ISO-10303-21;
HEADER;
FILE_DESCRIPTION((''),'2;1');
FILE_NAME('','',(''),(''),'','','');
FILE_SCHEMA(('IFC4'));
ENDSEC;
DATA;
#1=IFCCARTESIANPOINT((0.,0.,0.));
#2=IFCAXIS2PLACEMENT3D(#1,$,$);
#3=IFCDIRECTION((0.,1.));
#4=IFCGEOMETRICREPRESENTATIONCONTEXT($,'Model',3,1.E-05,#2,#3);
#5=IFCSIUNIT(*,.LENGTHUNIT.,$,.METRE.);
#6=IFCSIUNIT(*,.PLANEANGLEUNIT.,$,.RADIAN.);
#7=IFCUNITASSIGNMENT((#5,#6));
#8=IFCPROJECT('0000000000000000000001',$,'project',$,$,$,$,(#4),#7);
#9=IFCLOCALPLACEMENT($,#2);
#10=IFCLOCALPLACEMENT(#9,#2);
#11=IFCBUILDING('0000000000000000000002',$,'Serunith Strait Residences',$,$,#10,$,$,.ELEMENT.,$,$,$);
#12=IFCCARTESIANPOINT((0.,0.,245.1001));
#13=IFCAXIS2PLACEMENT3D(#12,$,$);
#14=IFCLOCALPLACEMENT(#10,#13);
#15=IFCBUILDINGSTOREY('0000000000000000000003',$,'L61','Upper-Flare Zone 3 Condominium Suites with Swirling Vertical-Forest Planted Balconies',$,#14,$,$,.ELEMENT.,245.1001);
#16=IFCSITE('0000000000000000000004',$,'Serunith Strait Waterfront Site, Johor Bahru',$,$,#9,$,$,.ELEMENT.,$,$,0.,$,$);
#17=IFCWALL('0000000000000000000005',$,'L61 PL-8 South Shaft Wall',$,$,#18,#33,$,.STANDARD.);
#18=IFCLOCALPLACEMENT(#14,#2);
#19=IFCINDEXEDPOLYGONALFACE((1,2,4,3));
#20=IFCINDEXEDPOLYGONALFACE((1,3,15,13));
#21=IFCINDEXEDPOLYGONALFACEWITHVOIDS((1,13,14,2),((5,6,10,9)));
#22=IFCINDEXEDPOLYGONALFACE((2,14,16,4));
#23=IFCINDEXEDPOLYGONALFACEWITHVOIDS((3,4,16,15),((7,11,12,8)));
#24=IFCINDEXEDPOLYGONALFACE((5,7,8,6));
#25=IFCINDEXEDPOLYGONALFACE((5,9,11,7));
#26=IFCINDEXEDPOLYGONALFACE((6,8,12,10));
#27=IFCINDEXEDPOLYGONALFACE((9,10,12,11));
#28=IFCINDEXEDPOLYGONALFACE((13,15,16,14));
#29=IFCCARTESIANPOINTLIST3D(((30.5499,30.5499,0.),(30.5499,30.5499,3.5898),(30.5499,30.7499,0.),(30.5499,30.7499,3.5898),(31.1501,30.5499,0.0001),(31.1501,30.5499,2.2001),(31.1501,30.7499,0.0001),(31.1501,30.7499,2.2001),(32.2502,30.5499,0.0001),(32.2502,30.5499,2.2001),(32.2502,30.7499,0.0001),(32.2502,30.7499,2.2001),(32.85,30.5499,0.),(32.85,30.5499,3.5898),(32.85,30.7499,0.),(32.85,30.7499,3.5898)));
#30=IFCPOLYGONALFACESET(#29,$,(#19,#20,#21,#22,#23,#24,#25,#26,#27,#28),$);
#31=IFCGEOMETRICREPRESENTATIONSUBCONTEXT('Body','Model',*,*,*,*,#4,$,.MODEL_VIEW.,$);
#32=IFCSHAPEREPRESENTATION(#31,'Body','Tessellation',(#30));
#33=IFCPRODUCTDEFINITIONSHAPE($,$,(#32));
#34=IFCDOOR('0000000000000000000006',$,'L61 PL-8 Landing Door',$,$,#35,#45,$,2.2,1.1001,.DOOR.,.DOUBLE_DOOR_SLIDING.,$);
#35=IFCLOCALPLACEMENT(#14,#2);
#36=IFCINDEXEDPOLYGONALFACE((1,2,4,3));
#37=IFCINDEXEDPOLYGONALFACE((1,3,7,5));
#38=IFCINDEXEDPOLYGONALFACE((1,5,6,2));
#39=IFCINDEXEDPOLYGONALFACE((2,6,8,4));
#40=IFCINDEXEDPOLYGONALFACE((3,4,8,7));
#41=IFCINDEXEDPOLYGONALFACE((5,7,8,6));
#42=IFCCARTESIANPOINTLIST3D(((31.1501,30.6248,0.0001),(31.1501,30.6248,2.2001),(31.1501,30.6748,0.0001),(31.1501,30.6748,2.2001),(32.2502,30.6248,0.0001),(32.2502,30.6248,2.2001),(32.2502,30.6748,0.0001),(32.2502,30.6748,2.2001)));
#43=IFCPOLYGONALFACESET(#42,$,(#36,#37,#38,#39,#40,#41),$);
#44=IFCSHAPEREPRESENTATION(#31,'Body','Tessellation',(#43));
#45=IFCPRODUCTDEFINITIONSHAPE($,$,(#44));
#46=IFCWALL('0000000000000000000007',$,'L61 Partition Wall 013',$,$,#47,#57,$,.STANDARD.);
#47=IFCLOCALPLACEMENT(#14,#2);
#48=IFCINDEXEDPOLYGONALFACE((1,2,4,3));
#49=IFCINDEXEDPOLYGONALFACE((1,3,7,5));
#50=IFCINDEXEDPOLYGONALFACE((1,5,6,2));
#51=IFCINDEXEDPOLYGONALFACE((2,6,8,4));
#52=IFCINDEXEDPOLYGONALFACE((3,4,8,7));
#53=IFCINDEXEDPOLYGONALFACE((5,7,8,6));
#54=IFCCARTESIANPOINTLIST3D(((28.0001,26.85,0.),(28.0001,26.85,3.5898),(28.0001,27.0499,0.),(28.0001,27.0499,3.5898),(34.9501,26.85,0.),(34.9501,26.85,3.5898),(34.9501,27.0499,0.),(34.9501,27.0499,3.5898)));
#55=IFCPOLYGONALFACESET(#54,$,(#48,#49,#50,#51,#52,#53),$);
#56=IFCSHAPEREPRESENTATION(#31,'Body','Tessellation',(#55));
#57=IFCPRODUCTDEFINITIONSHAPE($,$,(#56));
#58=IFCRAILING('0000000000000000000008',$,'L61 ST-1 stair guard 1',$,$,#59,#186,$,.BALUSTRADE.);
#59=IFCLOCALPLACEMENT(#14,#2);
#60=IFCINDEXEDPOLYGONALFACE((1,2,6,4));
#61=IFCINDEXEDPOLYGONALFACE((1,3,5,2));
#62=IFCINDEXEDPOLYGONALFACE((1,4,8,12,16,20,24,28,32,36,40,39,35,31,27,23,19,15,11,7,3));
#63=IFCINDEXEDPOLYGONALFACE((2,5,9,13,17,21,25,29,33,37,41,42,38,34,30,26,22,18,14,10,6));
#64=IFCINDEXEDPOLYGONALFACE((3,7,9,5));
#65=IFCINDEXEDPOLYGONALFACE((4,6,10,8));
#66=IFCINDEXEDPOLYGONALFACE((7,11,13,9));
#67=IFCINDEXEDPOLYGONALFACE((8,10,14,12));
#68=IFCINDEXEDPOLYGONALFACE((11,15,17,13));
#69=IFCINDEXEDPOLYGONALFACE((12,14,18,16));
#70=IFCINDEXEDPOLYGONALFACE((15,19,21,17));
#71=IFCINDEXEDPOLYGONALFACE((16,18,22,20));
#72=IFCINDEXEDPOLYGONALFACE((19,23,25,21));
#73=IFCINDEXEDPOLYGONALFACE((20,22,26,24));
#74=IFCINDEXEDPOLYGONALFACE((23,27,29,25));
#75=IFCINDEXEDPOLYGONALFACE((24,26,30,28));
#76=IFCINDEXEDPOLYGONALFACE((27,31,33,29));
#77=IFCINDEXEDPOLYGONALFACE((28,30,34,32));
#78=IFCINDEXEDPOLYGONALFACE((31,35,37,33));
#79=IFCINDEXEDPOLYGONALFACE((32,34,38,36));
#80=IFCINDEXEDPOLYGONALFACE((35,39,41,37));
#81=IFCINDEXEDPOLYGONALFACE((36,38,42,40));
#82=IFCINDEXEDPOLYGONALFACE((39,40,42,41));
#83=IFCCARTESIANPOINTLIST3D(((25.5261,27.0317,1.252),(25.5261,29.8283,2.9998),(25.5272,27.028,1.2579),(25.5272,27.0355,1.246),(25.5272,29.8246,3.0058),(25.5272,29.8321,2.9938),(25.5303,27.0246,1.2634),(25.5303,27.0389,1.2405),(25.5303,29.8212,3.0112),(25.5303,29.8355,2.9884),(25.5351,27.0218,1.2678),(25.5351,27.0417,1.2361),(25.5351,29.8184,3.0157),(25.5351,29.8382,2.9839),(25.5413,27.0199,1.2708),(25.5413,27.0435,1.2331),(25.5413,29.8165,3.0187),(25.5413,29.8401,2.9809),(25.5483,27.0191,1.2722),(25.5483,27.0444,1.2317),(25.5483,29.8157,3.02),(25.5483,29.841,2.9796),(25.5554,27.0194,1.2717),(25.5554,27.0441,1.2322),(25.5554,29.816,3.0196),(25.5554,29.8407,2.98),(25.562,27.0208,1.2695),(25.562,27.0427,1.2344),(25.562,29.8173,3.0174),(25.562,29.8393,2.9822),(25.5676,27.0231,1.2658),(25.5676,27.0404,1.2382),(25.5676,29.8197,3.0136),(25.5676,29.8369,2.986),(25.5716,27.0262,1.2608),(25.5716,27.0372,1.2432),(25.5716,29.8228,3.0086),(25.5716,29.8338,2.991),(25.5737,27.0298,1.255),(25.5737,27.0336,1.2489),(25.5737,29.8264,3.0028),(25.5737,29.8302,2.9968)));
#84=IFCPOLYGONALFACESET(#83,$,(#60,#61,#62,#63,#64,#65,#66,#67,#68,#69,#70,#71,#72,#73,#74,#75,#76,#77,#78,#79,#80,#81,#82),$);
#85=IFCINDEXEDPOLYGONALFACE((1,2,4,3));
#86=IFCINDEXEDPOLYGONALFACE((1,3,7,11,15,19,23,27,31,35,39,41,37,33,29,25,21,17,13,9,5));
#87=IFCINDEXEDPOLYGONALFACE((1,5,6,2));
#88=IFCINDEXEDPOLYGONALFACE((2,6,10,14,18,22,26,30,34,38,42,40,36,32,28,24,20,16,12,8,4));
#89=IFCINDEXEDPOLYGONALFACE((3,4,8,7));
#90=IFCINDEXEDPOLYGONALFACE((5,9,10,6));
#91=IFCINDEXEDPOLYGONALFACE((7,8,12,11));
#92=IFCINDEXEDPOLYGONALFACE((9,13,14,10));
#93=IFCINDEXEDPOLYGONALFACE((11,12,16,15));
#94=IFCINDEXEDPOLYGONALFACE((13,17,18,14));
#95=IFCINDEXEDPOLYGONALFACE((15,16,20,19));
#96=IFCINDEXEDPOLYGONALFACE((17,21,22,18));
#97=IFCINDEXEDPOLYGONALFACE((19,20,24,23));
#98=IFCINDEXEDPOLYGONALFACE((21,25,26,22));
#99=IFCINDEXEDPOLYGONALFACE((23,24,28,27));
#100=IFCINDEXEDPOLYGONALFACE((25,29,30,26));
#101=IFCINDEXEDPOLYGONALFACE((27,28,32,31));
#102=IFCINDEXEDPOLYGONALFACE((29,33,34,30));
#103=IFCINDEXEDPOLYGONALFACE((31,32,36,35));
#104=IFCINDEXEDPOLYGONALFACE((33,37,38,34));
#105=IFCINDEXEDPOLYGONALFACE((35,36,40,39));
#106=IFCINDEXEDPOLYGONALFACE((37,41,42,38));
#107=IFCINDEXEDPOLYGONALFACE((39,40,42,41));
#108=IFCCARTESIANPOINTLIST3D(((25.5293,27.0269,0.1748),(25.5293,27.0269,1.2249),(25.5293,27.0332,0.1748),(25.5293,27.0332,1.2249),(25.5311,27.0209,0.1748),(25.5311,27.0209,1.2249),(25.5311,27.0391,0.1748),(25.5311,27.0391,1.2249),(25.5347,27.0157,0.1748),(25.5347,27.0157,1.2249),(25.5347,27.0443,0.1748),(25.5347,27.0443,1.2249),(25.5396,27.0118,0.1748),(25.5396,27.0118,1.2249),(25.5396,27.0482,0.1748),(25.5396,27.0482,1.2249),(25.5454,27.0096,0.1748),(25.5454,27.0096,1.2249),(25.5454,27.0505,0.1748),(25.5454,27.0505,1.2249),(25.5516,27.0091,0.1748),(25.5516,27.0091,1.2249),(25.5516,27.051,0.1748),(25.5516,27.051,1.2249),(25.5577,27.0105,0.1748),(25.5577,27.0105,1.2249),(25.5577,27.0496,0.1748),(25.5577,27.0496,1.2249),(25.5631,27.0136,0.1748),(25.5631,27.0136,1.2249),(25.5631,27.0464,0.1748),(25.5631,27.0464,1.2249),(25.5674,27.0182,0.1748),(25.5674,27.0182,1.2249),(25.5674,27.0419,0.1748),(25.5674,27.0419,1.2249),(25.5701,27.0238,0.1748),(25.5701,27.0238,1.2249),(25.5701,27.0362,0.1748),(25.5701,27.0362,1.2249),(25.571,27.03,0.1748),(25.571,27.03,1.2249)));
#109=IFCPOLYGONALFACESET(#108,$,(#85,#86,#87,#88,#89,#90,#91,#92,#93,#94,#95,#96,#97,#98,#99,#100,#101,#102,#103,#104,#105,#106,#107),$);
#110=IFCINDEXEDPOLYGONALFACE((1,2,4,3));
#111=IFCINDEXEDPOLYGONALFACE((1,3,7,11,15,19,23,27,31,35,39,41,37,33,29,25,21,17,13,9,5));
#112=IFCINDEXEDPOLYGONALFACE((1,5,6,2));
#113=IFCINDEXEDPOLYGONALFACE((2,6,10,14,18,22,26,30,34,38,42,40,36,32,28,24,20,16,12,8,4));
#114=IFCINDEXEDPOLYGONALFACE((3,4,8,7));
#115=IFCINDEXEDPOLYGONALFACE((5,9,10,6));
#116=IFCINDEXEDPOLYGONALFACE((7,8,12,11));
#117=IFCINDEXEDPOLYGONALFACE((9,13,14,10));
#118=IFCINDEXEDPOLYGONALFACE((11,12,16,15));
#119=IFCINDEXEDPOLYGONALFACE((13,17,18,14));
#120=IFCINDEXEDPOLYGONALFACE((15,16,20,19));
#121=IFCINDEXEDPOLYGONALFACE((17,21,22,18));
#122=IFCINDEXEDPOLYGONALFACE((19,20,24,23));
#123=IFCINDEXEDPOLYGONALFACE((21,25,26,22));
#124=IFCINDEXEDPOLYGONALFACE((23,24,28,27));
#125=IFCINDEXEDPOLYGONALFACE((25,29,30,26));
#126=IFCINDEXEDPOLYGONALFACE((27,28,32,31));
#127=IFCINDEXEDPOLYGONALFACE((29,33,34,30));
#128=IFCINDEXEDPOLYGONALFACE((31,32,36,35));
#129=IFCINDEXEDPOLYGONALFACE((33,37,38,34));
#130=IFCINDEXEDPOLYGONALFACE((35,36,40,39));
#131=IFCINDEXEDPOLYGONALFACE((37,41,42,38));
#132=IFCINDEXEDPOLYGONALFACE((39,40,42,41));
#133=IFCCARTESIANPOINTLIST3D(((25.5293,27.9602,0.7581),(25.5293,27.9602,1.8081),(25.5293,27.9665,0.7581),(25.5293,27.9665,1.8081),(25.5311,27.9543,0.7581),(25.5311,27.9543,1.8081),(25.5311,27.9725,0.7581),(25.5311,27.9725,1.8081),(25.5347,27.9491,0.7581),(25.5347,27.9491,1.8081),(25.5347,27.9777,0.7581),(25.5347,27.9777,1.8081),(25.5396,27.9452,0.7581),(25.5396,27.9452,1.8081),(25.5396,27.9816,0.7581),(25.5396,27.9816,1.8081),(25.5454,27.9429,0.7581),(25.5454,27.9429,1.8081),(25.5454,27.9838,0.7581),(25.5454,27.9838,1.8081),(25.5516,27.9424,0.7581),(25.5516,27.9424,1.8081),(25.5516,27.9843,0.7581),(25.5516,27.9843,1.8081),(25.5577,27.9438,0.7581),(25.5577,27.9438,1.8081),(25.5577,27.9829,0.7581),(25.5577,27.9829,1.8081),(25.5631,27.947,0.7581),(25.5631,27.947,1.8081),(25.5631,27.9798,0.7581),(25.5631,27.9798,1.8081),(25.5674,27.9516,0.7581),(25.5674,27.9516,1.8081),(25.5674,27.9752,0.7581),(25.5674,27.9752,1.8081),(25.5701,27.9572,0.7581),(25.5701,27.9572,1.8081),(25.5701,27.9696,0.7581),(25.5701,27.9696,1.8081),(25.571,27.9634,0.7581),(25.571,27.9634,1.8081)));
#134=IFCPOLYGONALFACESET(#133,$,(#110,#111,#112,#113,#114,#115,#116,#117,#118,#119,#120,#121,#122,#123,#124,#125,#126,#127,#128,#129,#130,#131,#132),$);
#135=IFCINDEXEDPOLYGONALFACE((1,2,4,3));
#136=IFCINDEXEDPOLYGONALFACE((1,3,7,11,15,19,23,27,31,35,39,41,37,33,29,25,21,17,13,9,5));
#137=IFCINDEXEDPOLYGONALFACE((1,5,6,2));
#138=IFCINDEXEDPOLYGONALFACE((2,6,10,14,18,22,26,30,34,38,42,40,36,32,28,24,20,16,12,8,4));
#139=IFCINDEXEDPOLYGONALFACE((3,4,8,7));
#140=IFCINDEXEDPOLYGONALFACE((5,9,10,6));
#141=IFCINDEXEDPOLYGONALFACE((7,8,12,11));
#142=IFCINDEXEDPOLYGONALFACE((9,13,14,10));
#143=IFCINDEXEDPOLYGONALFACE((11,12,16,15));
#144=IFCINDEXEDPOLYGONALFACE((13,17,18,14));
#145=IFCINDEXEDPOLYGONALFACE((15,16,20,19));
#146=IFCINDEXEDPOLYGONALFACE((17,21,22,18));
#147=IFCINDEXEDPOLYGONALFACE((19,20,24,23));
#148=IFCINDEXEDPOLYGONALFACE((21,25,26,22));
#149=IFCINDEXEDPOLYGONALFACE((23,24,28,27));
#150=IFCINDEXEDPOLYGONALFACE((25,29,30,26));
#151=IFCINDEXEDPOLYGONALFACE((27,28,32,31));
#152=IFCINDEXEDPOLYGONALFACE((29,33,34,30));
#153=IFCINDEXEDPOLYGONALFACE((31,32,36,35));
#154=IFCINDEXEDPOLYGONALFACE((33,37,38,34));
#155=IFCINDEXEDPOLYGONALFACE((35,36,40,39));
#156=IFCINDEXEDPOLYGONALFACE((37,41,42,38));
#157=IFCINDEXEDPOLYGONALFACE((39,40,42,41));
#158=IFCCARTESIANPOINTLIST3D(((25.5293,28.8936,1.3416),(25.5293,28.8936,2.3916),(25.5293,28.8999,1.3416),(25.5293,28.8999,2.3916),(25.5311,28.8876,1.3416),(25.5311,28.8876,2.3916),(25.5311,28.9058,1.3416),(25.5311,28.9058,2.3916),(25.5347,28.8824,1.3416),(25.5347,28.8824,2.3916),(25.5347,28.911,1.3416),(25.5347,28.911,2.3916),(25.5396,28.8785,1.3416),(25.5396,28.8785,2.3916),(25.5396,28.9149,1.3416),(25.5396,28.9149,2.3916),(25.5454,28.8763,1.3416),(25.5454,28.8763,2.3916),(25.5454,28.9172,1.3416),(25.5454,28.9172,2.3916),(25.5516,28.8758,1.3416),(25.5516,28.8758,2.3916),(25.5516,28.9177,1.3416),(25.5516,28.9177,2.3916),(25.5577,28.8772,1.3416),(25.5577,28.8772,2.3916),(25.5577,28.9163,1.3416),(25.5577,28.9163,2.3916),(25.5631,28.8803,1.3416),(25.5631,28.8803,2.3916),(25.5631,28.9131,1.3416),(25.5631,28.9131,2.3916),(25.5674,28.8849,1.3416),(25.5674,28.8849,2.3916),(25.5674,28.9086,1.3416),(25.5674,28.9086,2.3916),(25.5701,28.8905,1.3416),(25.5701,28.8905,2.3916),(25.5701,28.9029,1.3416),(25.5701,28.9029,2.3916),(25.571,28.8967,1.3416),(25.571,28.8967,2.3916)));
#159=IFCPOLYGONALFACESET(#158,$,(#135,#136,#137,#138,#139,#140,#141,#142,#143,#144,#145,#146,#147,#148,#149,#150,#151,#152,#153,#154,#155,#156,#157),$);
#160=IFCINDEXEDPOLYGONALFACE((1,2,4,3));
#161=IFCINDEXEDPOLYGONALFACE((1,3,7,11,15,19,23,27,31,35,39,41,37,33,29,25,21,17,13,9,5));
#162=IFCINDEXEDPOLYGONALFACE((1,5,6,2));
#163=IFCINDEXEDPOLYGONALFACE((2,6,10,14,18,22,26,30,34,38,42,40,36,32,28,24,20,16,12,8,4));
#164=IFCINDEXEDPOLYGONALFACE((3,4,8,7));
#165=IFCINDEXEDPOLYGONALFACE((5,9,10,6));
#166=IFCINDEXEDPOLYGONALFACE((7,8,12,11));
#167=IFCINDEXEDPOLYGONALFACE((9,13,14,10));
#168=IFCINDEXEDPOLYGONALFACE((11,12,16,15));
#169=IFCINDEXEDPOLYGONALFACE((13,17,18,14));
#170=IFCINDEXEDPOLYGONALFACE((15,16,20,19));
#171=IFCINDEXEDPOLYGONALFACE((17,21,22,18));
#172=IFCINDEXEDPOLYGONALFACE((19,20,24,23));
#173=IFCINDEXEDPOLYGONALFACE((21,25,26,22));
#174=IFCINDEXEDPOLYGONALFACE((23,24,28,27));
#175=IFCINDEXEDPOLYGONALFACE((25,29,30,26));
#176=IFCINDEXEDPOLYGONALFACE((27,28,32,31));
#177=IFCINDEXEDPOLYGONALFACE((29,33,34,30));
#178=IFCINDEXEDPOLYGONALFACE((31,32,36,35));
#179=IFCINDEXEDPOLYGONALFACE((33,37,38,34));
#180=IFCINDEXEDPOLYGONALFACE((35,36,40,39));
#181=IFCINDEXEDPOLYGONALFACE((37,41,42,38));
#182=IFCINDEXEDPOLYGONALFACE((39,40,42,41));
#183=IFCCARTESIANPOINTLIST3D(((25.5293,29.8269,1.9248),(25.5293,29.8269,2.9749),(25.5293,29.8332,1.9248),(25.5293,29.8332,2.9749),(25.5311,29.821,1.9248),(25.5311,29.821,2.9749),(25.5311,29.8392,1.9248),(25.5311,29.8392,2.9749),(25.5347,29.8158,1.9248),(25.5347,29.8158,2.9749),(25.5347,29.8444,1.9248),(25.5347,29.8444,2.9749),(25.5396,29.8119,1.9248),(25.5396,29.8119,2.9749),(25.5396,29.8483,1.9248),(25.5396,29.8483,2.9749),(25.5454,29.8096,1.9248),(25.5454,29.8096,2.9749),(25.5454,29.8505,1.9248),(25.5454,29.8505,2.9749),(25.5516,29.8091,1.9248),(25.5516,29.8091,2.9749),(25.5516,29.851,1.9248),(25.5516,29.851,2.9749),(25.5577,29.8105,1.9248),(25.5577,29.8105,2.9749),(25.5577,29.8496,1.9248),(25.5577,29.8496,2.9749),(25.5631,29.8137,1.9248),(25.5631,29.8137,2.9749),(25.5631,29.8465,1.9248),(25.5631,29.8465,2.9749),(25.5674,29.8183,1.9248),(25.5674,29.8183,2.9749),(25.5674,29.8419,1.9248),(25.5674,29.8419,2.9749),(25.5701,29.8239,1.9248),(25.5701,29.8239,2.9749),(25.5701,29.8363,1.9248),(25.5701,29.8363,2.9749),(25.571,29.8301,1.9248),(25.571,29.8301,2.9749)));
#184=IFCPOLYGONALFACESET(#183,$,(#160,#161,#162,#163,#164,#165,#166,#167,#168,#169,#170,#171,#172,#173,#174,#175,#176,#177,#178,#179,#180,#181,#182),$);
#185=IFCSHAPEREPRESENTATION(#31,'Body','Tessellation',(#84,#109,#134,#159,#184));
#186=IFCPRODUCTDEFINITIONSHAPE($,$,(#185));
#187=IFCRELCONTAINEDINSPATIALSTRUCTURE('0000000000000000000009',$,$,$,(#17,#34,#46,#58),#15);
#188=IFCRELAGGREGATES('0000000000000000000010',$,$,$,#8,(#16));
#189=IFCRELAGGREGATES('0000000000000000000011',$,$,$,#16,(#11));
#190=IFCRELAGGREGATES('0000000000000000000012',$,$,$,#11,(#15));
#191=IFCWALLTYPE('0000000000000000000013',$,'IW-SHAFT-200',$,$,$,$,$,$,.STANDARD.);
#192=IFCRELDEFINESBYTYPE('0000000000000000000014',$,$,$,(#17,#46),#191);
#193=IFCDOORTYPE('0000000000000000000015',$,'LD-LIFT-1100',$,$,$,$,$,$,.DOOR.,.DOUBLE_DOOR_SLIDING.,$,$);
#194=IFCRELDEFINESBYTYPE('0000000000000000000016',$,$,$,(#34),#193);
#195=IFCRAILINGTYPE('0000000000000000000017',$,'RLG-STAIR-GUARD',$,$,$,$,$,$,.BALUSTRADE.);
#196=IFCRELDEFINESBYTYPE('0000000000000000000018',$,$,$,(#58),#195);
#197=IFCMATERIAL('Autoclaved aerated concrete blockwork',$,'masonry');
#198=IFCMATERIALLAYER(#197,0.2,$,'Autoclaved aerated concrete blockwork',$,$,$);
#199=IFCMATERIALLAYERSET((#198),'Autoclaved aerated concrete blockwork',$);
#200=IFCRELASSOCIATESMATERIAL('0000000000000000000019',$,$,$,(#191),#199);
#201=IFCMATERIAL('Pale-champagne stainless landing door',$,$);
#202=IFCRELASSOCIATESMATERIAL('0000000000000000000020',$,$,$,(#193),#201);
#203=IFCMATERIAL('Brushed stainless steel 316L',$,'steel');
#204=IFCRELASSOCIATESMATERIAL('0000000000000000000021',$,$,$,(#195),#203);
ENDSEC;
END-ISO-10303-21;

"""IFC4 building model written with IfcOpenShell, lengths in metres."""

from ifc_helpers import new_model, si_unit, direction, frame, frame_2d, origin, origin_2d, place, context, subcontext, project, spatial, rectangle, circle, extrude, source, transform, mapped, material, layer, layer_set, type_object, element, fill, save


model = new_model("IFC4")

# Units and contexts
model_context = context("Model", 3, precision=1e-05, world=origin(), true_north=direction((0.0, 1.0)))
body_context = subcontext(model_context, "Body", "Model", "MODEL_VIEW")
ifc_project = project(units=[si_unit("LENGTHUNIT", "METRE"), si_unit("PLANEANGLEUNIT", "RADIAN")], contexts=[model_context])

# Site, building, storey
site_placement = place(None, origin())
site = spatial("IfcSite", under=ifc_project, at=site_placement, Name="Serunith Strait Waterfront Site, Johor Bahru", CompositionType="ELEMENT", RefElevation=0.0)
building_placement = place(site_placement, origin())
building = spatial("IfcBuilding", under=site, at=building_placement, Name="Serunith Strait Residences", CompositionType="ELEMENT")
storey_placement = place(building_placement, frame((0.0, 0.0, 245.1001)))
storey = spatial("IfcBuildingStorey", under=building, at=storey_placement, Name="L61", Description="Upper-Flare Zone 3 Condominium Suites with Swirling Vertical-Forest Planted Balconies", CompositionType="ELEMENT", Elevation=245.1001)

# Wall, opening, door
ifc_material_1 = material(Name="Autoclaved aerated concrete blockwork", Category="masonry")
ifc_layer = layer(ifc_material_1, 0.2, Name="Autoclaved aerated concrete blockwork")
ifc_layer_set = layer_set([ifc_layer], Name="Autoclaved aerated concrete blockwork")
wall_type = type_object("IfcWallType", Name="IW-SHAFT-200", PredefinedType="STANDARD", material=ifc_layer_set)
ifc_material_2 = material(Name="Pale-champagne stainless landing door")
door_type_1 = type_object("IfcDoorType", Name="LD-LIFT-1100", OperationType="DOUBLE_DOOR_SLIDING", PredefinedType="DOOR", material=ifc_material_2)
shared_shape_1 = source(origin(), body_context, "Body", "SweptSolid", [
    extrude(rectangle(XDim=1.1001, YDim=2.2, at=frame_2d((0.55, 1.1001))), frame((0.0, 0.0249, 0.0), z_axis=(0.0, -1.0, 0.0), x_axis=(1.0, 0.0, 0.0)), (0.0, 0.0, 1.0), 0.05),
])
wall_1_placement = place(storey_placement, frame((30.55, 30.6499, 0.0), z_axis=(0.0, 0.0, 1.0), x_axis=(1.0, 0.0, 0.0)))
wall_1 = element("IfcWall", 1, at=wall_1_placement, inside=storey, type_object=wall_type, Name="L61 PL-8 South Shaft Wall", PredefinedType="STANDARD", context=body_context, shape_type="SweptSolid", body=[
    extrude(rectangle(XDim=2.3, YDim=0.2, at=frame_2d((1.1499, 0.0))), origin(), (0.0, 0.0, 1.0), 3.5898),
])
opening_1_placement = place(wall_1_placement, frame((0.6001, 0.0, 0.0)))
opening_1 = element("IfcOpeningElement", 2, at=opening_1_placement, cuts=wall_1, PredefinedType="OPENING", context=body_context, shape_type="SweptSolid", body=[
    extrude(rectangle(XDim=1.1001, YDim=2.2, at=frame_2d((0.55, 1.1001))), frame((0.0, 0.1099, 0.0), z_axis=(0.0, -1.0, 0.0), x_axis=(1.0, 0.0, 0.0)), (0.0, 0.0, 1.0), 0.22),
])
door_1_placement = place(opening_1_placement, origin())
door_1 = element("IfcDoor", 3, at=door_1_placement, inside=storey, type_object=door_type_1, Name="L61 PL-8 Landing Door", OperationType="DOUBLE_DOOR_SLIDING", OverallHeight=2.2, OverallWidth=1.1001, PredefinedType="DOOR", context=body_context, shape_type="MappedRepresentation", body=[
    mapped(shared_shape_1, transform((0.0, 0.0, 0.0), scale=1.0)),
])
fill(opening_1, door_1)

# Wall
wall_2_placement = place(storey_placement, frame((28.0, 26.95, 0.0), z_axis=(0.0, 0.0, 1.0), x_axis=(1.0, 0.0, 0.0)))
element("IfcWall", 4, at=wall_2_placement, inside=storey, type_object=wall_type, Name="L61 Partition Wall 013", PredefinedType="STANDARD", context=body_context, shape_type="SweptSolid", body=[
    extrude(rectangle(XDim=6.95, YDim=0.2, at=frame_2d((3.4751, 0.0))), origin(), (0.0, 0.0, 1.0), 3.5898),
])

# Railing
ifc_material_3 = material(Name="Brushed stainless steel 316L", Category="steel")
railing_type_1 = type_object("IfcRailingType", Name="RLG-STAIR-GUARD", PredefinedType="BALUSTRADE", material=ifc_material_3)
railing_1_placement = place(storey_placement, frame((25.55, 27.03, 0.1748)))
element("IfcRailing", 5, at=railing_1_placement, inside=storey, type_object=railing_type_1, Name="L61 ST-1 stair guard 1", PredefinedType="BALUSTRADE", context=body_context, shape_type="SweptSolid", body=[
    extrude(circle(Radius=0.0239, at=origin_2d()), frame((0.0, 0.0017, 1.0771), z_axis=(0.0, 0.848002, 0.529992), x_axis=(-1.0, 0.0, 0.0)), (0.0, 0.0, 1.0), 3.2979),
    extrude(circle(Radius=0.021, at=origin_2d()), origin(), (0.0, 0.0, 1.0), 1.05),
    extrude(circle(Radius=0.021, at=origin_2d()), frame((0.0, 0.9333, 0.5833)), (0.0, 0.0, 1.0), 1.05),
    extrude(circle(Radius=0.021, at=origin_2d()), frame((0.0, 1.8667, 1.1667)), (0.0, 0.0, 1.0), 1.05),
    extrude(circle(Radius=0.021, at=origin_2d()), frame((0.0, 2.8, 1.75)), (0.0, 0.0, 1.0), 1.05),
])

save(model, "model.ifc")
